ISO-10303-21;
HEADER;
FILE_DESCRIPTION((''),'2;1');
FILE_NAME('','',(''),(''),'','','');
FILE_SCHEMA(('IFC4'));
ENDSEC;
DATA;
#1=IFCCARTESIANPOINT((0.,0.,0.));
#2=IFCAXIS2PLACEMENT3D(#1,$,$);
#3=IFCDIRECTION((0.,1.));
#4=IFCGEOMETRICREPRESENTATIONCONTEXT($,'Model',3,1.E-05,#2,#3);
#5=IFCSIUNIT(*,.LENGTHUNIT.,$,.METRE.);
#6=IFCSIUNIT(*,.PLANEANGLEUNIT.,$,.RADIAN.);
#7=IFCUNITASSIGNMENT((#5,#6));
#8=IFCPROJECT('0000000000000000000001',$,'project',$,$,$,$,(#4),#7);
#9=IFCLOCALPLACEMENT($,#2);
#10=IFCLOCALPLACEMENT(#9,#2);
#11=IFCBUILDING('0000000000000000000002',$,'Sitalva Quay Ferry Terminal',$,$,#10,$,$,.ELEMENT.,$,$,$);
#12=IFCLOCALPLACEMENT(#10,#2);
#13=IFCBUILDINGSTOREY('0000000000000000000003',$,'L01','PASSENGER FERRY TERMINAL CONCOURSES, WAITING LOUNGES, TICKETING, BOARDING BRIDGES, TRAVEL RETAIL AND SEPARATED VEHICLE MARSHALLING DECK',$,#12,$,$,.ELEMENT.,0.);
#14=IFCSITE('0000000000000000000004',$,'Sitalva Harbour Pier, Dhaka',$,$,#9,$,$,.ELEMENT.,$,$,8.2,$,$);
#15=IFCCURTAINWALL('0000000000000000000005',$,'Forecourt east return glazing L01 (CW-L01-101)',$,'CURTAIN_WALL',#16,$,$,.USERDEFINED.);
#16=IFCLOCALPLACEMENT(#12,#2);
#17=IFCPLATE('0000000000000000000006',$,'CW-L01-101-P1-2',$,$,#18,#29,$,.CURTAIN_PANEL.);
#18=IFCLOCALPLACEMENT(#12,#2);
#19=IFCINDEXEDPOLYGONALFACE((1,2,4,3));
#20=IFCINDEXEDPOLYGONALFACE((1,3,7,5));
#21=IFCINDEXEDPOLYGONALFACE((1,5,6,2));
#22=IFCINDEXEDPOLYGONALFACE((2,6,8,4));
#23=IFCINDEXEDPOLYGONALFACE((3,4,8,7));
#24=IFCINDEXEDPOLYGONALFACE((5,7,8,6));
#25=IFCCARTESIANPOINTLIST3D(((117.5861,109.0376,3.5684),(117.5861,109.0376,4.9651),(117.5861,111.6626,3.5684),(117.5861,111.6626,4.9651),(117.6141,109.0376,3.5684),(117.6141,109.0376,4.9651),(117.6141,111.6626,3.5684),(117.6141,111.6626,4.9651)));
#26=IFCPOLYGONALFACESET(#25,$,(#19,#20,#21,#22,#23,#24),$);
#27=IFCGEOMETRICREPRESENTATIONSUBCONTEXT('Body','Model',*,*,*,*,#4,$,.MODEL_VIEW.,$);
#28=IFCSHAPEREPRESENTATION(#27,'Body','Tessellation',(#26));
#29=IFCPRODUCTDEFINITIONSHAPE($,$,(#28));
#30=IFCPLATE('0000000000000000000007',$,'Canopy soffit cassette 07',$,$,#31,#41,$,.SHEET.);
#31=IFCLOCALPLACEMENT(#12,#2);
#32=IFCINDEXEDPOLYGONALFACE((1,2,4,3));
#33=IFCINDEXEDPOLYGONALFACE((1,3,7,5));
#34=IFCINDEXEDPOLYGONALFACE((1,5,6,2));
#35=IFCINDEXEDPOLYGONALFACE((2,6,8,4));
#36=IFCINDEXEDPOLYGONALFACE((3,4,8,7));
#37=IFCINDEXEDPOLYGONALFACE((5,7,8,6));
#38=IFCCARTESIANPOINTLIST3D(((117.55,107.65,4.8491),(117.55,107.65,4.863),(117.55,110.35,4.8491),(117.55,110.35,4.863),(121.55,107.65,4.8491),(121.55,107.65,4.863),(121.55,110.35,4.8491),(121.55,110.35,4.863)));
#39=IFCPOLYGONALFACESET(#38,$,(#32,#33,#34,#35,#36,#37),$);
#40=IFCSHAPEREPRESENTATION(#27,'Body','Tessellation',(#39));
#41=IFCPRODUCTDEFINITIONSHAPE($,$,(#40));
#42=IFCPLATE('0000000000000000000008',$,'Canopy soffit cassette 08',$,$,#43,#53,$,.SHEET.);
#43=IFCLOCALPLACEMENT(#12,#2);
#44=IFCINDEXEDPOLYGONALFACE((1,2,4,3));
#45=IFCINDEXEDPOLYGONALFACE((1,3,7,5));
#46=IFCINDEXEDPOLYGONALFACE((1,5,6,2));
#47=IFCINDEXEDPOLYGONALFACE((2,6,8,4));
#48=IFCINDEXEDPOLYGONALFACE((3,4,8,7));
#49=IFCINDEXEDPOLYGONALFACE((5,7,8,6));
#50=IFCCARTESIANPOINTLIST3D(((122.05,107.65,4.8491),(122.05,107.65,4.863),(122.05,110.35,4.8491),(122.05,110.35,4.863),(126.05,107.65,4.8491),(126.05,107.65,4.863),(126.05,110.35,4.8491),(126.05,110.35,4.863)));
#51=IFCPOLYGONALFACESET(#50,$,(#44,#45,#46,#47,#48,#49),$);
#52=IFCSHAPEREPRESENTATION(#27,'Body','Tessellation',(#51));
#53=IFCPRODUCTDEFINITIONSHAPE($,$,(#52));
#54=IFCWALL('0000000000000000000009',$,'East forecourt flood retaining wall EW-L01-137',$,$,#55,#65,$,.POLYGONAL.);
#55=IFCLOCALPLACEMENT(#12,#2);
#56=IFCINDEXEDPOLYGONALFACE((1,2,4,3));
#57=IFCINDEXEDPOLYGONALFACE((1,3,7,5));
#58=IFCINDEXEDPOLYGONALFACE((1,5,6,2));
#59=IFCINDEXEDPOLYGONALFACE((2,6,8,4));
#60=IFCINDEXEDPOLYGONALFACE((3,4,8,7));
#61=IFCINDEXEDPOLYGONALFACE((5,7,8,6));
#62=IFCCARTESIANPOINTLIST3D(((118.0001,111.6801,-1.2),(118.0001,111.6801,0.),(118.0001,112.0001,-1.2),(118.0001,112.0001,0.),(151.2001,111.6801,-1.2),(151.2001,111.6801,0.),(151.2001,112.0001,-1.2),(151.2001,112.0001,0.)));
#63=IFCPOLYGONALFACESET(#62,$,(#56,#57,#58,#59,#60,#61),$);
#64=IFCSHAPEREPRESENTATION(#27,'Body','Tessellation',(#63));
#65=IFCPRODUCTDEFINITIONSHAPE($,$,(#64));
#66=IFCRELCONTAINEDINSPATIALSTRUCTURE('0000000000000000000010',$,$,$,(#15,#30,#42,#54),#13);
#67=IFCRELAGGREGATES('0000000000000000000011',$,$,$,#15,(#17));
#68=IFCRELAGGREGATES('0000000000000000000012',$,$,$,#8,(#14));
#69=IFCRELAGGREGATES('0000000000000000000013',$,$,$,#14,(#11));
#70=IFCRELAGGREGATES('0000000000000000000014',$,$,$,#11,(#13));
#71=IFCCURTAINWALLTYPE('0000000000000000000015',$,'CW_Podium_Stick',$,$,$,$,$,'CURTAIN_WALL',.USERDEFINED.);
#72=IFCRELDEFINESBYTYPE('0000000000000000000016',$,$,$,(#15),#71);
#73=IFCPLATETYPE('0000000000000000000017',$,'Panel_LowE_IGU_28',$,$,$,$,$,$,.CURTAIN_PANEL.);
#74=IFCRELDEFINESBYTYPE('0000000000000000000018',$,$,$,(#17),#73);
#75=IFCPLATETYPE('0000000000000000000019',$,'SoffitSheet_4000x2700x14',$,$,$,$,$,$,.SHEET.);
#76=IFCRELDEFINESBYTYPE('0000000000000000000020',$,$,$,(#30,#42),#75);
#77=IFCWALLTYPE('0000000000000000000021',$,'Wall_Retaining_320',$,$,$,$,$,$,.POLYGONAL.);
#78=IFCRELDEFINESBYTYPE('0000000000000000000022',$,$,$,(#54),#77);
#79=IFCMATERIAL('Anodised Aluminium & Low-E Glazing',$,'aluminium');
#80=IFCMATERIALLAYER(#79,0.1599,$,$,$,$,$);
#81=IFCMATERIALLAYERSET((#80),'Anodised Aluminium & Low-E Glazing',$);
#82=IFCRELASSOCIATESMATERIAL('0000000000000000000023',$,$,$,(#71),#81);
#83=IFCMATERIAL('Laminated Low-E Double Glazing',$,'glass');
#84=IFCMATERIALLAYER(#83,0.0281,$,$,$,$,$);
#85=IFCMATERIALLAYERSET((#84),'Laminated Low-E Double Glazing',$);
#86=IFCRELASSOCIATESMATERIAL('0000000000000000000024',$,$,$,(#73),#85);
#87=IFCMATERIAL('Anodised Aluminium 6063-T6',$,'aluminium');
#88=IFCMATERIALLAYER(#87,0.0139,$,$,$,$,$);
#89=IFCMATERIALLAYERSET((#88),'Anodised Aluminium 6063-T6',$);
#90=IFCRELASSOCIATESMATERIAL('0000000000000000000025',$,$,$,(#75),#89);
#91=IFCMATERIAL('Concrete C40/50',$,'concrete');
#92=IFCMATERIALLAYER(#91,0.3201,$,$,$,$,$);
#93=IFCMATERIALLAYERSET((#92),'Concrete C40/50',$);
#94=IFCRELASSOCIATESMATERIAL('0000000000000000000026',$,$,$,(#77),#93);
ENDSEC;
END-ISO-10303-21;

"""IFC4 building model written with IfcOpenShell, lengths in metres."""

from ifc_helpers import new_model, si_unit, direction, frame, frame_2d, origin, origin_2d, place, context, subcontext, project, spatial, rectangle, extrude, material, layer, layer_set, type_object, element, aggregate, save


model = new_model("IFC4")

# Units and contexts
model_context = context("Model", 3, precision=1e-05, world=origin(), true_north=direction((0.0, 1.0)))
body_context = subcontext(model_context, "Body", "Model", "MODEL_VIEW")
ifc_project = project(units=[si_unit("LENGTHUNIT", "METRE"), si_unit("PLANEANGLEUNIT", "RADIAN")], contexts=[model_context])

# Site, building, storey
site_placement = place(None, origin())
site = spatial("IfcSite", under=ifc_project, at=site_placement, Name="Sitalva Harbour Pier, Dhaka", CompositionType="ELEMENT", RefElevation=8.2)
building_placement = place(site_placement, origin())
building = spatial("IfcBuilding", under=site, at=building_placement, Name="Sitalva Quay Ferry Terminal", CompositionType="ELEMENT")
storey_placement = place(building_placement, origin())
storey = spatial("IfcBuildingStorey", under=building, at=storey_placement, Name="L01", Description="PASSENGER FERRY TERMINAL CONCOURSES, WAITING LOUNGES, TICKETING, BOARDING BRIDGES, TRAVEL RETAIL AND SEPARATED VEHICLE MARSHALLING DECK", CompositionType="ELEMENT", Elevation=0.0)

# Curtain wall
ifc_material_1 = material(Name="Anodised Aluminium & Low-E Glazing", Category="aluminium")
ifc_layer_1 = layer(ifc_material_1, 0.1599)
ifc_layer_set_1 = layer_set([ifc_layer_1], Name="Anodised Aluminium & Low-E Glazing")
curtain_wall_type = type_object("IfcCurtainWallType", Name="CW_Podium_Stick", ElementType="CURTAIN_WALL", PredefinedType="USERDEFINED", material=ifc_layer_set_1)
curtain_wall_placement = place(storey_placement, origin())
curtain_wall = element("IfcCurtainWall", 1, at=curtain_wall_placement, inside=storey, type_object=curtain_wall_type, Name="Forecourt east return glazing L01 (CW-L01-101)", ObjectType="CURTAIN_WALL", PredefinedType="USERDEFINED")

# Plate
ifc_material_2 = material(Name="Laminated Low-E Double Glazing", Category="glass")
ifc_layer_2 = layer(ifc_material_2, 0.0281)
ifc_layer_set_2 = layer_set([ifc_layer_2], Name="Laminated Low-E Double Glazing")
plate_type_1 = type_object("IfcPlateType", Name="Panel_LowE_IGU_28", PredefinedType="CURTAIN_PANEL", material=ifc_layer_set_2)
plate_1_placement = place(storey_placement, frame((117.6001, 110.3501, 3.5684), z_axis=(0.0, 0.0, 1.0), x_axis=(0.0, 1.0, 0.0)))
plate_1 = element("IfcPlate", 2, at=plate_1_placement, type_object=plate_type_1, Name="CW-L01-101-P1-2", PredefinedType="CURTAIN_PANEL", context=body_context, shape_type="SweptSolid", body=[
    extrude(rectangle(XDim=2.625, YDim=0.0281, at=origin_2d()), origin(), (0.0, 0.0, 1.0), 1.3967),
])
aggregate(curtain_wall, [plate_1])

# Plates
ifc_material_3 = material(Name="Anodised Aluminium 6063-T6", Category="aluminium")
ifc_layer_3 = layer(ifc_material_3, 0.0139)
ifc_layer_set_3 = layer_set([ifc_layer_3], Name="Anodised Aluminium 6063-T6")
plate_type_2 = type_object("IfcPlateType", Name="SoffitSheet_4000x2700x14", PredefinedType="SHEET", material=ifc_layer_set_3)
for number, where, z_axis, x_axis, name in (
    (3, (119.55, 109.0, 4.8491), (0.0, 0.0, 1.0), (1.0, 0.0, 0.0), "Canopy soffit cassette 07"),
    (4, (124.05, 109.0, 4.8491), (0.0, 0.0, 1.0), (1.0, 0.0, 0.0), "Canopy soffit cassette 08"),
):
    element("IfcPlate", number, at=place(storey_placement, frame(where, z_axis=z_axis, x_axis=x_axis)), inside=storey, type_object=plate_type_2, Name=name, PredefinedType="SHEET", context=body_context, shape_type="SweptSolid", body=[
        extrude(rectangle(XDim=4.0, YDim=2.7, at=origin_2d()), origin(), (0.0, 0.0, 1.0), 0.0139),
    ])

# Wall
ifc_material_4 = material(Name="Concrete C40/50", Category="concrete")
ifc_layer_4 = layer(ifc_material_4, 0.3201)
ifc_layer_set_4 = layer_set([ifc_layer_4], Name="Concrete C40/50")
wall_type = type_object("IfcWallType", Name="Wall_Retaining_320", PredefinedType="POLYGONAL", material=ifc_layer_set_4)
wall_placement = place(storey_placement, frame((118.0, 111.8401, -1.2), z_axis=(0.0, 0.0, 1.0), x_axis=(1.0, 0.0, 0.0)))
element("IfcWall", 5, at=wall_placement, inside=storey, type_object=wall_type, Name="East forecourt flood retaining wall EW-L01-137", PredefinedType="POLYGONAL", context=body_context, shape_type="SweptSolid", body=[
    extrude(rectangle(XDim=33.2, YDim=0.3201, at=frame_2d((16.6001, 0.0))), origin(), (0.0, 0.0, 1.0), 1.2),
])

save(model, "model.ifc")
